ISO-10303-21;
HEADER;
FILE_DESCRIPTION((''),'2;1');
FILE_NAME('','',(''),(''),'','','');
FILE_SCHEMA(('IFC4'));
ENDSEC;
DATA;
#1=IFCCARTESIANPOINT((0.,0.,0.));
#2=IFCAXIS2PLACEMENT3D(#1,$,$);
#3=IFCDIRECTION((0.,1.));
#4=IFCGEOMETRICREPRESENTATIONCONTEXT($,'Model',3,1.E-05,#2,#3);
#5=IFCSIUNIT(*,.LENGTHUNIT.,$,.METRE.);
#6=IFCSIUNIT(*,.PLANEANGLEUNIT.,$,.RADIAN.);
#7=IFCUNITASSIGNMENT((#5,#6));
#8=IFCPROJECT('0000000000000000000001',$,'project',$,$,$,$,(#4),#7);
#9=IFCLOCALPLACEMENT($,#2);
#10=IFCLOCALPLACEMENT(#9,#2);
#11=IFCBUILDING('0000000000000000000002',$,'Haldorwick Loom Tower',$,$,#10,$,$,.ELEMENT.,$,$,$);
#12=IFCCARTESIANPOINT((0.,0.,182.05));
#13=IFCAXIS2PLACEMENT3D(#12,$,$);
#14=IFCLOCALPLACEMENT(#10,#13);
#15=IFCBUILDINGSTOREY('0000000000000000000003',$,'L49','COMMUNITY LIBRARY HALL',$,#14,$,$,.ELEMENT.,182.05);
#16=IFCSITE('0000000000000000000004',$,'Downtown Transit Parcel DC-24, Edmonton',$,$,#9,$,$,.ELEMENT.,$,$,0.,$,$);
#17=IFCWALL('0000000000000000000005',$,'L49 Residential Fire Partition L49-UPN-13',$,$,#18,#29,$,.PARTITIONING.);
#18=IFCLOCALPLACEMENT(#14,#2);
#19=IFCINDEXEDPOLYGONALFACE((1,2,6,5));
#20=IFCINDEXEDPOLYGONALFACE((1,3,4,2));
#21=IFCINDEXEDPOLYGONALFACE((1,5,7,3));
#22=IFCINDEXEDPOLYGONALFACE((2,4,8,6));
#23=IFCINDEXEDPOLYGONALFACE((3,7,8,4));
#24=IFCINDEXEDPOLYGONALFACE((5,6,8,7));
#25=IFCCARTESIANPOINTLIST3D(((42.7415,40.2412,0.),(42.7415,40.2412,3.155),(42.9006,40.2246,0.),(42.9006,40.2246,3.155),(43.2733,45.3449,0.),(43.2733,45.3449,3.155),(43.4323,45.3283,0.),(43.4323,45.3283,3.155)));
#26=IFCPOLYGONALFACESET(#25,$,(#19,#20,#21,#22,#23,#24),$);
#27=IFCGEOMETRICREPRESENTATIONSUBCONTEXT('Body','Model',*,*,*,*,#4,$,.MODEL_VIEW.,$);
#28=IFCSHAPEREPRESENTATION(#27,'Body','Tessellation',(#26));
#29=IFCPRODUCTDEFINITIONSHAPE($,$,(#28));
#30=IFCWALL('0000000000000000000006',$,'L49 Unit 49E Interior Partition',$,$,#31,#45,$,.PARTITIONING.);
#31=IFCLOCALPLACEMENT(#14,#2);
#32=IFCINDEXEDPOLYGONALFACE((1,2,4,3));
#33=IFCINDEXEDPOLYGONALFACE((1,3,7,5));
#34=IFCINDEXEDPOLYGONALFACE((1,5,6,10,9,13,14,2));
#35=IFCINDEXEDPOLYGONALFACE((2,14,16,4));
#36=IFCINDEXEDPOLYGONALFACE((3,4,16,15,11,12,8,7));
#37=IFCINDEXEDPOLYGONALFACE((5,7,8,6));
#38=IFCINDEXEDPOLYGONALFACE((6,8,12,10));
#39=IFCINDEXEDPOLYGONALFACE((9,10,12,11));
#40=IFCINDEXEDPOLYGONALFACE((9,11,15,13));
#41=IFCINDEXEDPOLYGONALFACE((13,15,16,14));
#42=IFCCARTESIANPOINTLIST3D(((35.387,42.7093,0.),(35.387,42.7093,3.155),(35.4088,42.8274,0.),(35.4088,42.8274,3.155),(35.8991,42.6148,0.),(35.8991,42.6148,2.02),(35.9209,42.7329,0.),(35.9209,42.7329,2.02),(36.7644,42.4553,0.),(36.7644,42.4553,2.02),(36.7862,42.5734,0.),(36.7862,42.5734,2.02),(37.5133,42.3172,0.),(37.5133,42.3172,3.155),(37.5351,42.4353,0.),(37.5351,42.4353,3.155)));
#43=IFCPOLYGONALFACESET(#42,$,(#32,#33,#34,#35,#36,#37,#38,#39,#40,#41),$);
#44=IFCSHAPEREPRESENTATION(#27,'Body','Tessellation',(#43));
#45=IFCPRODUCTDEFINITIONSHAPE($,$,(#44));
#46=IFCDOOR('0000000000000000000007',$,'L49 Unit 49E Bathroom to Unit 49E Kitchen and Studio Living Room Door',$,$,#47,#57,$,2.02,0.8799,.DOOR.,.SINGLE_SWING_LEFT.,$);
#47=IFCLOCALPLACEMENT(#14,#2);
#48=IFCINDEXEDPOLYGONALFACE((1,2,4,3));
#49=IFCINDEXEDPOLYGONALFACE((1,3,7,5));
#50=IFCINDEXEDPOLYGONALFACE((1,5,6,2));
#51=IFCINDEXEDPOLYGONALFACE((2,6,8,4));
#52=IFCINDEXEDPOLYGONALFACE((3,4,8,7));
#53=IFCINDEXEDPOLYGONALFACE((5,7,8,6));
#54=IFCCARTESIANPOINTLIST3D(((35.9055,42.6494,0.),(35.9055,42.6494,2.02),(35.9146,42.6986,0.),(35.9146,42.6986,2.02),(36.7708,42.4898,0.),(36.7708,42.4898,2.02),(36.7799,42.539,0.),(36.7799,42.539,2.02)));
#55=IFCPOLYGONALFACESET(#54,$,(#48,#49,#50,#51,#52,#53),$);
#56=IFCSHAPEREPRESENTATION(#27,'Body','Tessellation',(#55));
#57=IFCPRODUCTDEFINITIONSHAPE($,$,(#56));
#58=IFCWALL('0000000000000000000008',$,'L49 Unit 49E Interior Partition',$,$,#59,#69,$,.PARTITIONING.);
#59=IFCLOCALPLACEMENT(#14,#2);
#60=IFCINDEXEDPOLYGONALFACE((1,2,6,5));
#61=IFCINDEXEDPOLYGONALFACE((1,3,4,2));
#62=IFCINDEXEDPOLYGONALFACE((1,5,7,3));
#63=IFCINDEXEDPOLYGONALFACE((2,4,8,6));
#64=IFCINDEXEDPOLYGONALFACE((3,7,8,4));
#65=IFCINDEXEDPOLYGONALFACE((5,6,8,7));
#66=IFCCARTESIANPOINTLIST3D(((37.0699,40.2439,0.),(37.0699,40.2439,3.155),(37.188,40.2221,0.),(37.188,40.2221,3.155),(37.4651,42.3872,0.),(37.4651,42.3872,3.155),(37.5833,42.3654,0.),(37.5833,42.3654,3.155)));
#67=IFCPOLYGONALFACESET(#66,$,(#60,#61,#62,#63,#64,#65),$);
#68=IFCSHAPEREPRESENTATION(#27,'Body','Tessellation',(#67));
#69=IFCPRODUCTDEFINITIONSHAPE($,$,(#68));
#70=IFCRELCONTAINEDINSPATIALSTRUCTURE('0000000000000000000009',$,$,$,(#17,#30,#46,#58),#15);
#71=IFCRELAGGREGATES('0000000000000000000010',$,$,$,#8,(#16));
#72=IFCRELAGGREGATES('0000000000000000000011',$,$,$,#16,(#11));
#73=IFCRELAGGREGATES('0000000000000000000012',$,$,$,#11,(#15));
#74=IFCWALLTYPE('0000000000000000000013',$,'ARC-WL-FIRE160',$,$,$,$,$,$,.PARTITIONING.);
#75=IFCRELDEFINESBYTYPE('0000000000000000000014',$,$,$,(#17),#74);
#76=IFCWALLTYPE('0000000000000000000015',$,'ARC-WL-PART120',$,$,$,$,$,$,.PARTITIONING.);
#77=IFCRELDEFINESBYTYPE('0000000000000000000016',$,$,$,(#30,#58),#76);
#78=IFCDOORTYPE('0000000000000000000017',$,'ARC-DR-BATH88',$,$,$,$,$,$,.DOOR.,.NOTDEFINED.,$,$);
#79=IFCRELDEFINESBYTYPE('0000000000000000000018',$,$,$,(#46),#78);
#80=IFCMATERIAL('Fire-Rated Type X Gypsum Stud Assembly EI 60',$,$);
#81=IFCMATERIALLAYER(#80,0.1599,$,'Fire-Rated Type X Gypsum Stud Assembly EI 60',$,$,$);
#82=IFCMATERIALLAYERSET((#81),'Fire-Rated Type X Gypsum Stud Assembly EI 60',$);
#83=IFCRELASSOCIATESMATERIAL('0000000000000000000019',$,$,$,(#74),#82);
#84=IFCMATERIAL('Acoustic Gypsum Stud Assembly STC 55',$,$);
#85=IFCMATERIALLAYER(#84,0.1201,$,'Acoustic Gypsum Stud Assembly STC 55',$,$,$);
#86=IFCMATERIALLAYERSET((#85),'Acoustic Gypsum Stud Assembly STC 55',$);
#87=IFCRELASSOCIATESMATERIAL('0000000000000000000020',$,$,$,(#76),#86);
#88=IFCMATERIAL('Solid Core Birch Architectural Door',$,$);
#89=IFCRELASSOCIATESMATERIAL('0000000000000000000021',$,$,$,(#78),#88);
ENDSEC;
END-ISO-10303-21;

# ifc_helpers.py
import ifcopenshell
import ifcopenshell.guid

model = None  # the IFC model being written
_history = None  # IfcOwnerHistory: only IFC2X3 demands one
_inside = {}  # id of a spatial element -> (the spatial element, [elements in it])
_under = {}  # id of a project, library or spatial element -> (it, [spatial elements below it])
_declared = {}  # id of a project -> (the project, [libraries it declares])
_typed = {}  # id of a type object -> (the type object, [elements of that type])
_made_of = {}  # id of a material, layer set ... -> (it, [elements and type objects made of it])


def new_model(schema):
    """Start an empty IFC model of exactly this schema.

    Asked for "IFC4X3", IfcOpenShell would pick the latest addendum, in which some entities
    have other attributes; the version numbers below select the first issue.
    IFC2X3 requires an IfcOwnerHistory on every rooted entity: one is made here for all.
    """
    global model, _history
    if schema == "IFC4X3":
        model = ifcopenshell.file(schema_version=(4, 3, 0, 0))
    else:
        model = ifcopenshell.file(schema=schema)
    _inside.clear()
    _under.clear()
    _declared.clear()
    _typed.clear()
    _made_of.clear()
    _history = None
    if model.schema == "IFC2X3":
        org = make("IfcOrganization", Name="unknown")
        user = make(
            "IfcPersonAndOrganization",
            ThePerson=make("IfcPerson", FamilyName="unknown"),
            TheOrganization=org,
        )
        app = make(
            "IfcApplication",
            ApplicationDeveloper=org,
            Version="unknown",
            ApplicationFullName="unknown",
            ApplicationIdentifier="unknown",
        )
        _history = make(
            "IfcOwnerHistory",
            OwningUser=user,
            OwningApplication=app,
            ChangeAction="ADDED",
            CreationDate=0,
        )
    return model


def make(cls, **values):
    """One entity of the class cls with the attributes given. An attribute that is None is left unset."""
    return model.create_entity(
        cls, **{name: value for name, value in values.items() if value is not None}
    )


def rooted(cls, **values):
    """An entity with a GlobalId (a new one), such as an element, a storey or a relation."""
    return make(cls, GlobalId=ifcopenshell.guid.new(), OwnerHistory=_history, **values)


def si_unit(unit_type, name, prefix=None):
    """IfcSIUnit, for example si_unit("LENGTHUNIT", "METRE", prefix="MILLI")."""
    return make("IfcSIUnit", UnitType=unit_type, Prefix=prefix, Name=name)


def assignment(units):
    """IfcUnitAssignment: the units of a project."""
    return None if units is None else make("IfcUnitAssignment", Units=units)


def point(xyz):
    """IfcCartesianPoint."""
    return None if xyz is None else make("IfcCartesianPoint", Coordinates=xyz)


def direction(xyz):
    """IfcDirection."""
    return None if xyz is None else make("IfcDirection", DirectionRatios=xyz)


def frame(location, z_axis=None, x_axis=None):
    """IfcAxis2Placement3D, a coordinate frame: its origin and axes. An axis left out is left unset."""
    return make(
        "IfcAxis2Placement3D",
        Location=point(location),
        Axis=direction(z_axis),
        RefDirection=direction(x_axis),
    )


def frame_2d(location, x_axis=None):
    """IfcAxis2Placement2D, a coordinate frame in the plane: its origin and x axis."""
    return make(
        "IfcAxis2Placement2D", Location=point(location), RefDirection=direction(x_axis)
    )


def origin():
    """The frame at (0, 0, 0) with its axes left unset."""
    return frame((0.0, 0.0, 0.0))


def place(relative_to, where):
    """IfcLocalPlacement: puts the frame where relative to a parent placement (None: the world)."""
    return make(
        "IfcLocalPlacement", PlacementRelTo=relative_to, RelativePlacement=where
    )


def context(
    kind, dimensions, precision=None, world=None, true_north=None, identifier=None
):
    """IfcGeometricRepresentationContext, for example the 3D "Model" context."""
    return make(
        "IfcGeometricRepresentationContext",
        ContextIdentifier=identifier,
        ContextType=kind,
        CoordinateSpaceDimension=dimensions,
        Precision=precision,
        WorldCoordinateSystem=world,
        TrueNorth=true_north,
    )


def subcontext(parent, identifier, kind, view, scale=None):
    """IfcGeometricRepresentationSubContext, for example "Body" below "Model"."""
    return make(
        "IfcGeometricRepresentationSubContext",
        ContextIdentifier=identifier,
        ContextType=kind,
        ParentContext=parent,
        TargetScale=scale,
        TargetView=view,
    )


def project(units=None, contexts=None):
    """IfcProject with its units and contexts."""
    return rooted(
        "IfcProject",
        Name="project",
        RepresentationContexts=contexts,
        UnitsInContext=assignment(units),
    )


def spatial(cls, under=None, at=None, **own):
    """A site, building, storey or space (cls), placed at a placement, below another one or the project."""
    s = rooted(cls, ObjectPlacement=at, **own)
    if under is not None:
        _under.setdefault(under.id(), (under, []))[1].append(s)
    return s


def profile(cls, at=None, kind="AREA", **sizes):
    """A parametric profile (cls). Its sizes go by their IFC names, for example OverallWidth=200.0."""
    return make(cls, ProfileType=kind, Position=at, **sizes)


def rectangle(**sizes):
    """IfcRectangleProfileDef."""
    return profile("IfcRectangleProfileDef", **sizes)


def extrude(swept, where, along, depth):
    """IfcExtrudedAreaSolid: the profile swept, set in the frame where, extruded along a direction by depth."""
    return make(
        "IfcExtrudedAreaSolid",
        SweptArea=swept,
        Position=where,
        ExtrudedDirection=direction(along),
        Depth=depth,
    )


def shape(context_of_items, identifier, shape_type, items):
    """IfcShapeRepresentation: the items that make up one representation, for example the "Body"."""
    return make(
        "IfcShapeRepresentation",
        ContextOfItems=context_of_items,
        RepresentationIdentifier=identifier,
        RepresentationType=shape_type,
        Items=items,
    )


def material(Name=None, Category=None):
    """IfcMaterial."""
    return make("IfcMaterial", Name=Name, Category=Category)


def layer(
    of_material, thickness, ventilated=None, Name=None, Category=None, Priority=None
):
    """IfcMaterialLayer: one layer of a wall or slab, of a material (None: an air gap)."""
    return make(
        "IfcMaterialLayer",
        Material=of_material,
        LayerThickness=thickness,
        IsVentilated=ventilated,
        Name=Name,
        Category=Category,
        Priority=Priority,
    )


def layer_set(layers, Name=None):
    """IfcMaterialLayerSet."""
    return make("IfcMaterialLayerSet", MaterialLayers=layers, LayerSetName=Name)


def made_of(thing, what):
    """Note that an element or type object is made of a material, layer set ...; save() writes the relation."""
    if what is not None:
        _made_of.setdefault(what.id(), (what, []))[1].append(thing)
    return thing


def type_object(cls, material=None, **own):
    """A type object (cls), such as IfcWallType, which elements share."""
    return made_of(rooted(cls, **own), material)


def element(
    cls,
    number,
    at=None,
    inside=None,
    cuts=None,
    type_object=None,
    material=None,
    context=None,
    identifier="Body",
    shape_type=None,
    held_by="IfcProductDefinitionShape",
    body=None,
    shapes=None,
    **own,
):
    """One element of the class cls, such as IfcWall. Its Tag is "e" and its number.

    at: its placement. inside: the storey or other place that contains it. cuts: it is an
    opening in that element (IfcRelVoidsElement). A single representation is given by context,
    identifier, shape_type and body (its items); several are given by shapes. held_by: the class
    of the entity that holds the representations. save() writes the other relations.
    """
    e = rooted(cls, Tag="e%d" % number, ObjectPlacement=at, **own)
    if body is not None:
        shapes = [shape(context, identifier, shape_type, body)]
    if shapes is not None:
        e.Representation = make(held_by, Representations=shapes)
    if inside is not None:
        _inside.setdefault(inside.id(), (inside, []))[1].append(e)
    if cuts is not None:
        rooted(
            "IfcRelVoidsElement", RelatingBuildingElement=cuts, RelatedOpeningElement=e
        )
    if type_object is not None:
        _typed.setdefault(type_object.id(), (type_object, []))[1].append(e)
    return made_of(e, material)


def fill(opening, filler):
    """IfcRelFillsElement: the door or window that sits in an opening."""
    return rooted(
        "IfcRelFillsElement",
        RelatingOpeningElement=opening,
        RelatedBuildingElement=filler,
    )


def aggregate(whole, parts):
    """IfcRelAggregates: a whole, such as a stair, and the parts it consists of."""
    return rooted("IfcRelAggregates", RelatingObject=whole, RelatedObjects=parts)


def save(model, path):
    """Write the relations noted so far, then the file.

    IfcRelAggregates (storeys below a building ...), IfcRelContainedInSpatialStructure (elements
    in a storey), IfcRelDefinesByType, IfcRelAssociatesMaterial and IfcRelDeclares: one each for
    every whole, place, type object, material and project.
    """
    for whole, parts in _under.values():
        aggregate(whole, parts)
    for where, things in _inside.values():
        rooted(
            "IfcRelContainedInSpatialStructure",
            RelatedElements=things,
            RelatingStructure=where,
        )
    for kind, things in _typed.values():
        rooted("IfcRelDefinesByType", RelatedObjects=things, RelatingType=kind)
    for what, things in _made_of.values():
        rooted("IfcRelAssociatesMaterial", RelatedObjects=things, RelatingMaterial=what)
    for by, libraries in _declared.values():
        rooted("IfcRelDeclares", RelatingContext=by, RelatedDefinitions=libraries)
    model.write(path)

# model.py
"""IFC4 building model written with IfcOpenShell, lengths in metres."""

from ifc_helpers import new_model, si_unit, direction, frame, frame_2d, origin, place, context, subcontext, project, spatial, rectangle, extrude, material, layer, layer_set, type_object, element, fill, save


model = new_model("IFC4")

# Units and contexts
model_context = context("Model", 3, precision=1e-05, world=origin(), true_north=direction((0.0, 1.0)))
body_context = subcontext(model_context, "Body", "Model", "MODEL_VIEW")
ifc_project = project(units=[si_unit("LENGTHUNIT", "METRE"), si_unit("PLANEANGLEUNIT", "RADIAN")], contexts=[model_context])

# Site, building, storey
site_placement = place(None, origin())
site = spatial("IfcSite", under=ifc_project, at=site_placement, Name="Downtown Transit Parcel DC-24, Edmonton", CompositionType="ELEMENT", RefElevation=0.0)
building_placement = place(site_placement, origin())
building = spatial("IfcBuilding", under=site, at=building_placement, Name="Haldorwick Loom Tower", CompositionType="ELEMENT")
storey_placement = place(building_placement, frame((0.0, 0.0, 182.05)))
storey = spatial("IfcBuildingStorey", under=building, at=storey_placement, Name="L49", Description="COMMUNITY LIBRARY HALL", CompositionType="ELEMENT", Elevation=182.05)

# Wall
ifc_material_1 = material(Name="Fire-Rated Type X Gypsum Stud Assembly EI 60")
ifc_layer_1 = layer(ifc_material_1, 0.1599, Name="Fire-Rated Type X Gypsum Stud Assembly EI 60")
ifc_layer_set_1 = layer_set([ifc_layer_1], Name="Fire-Rated Type X Gypsum Stud Assembly EI 60")
wall_type_1 = type_object("IfcWallType", Name="ARC-WL-FIRE160", PredefinedType="PARTITIONING", material=ifc_layer_set_1)
wall_1_placement = place(storey_placement, frame((42.821, 40.2329, 0.0), z_axis=(0.0, 0.0, 1.0), x_axis=(0.103625, 0.994616, 0.0)))
element("IfcWall", 1, at=wall_1_placement, inside=storey, type_object=wall_type_1, Name="L49 Residential Fire Partition L49-UPN-13", PredefinedType="PARTITIONING", context=body_context, shape_type="SweptSolid", body=[
    extrude(rectangle(XDim=5.1313, YDim=0.1599, at=frame_2d((2.5657, 0.0))), origin(), (0.0, 0.0, 1.0), 3.155),
])

# Wall, opening, door
ifc_material_2 = material(Name="Acoustic Gypsum Stud Assembly STC 55")
ifc_layer_2 = layer(ifc_material_2, 0.1201, Name="Acoustic Gypsum Stud Assembly STC 55")
ifc_layer_set_2 = layer_set([ifc_layer_2], Name="Acoustic Gypsum Stud Assembly STC 55")
wall_type_2 = type_object("IfcWallType", Name="ARC-WL-PART120", PredefinedType="PARTITIONING", material=ifc_layer_set_2)
wall_2_placement = place(storey_placement, frame((37.5242, 42.3762, 0.0), z_axis=(0.0, 0.0, 1.0), x_axis=(-0.983419, 0.181349, 0.0)))
wall_2 = element("IfcWall", 2, at=wall_2_placement, inside=storey, type_object=wall_type_2, Name="L49 Unit 49E Interior Partition", PredefinedType="PARTITIONING", context=body_context, shape_type="SweptSolid", body=[
    extrude(rectangle(XDim=2.1621, YDim=0.1201, at=frame_2d((1.0811, 0.0))), origin(), (0.0, 0.0, 1.0), 3.155),
])
opening_1_placement = place(wall_2_placement, frame((0.7615, 0.0, 0.0)))
opening_1 = element("IfcOpeningElement", 3, at=opening_1_placement, cuts=wall_2, PredefinedType="OPENING", context=body_context, shape_type="SweptSolid", body=[
    extrude(rectangle(XDim=0.8799, YDim=2.02, at=frame_2d((0.4399, 1.01))), frame((0.0, 0.0701, 0.0), z_axis=(0.0, -1.0, 0.0), x_axis=(1.0, 0.0, 0.0)), (0.0, 0.0, 1.0), 0.1401),
])
ifc_material_3 = material(Name="Solid Core Birch Architectural Door")
door_type = type_object("IfcDoorType", Name="ARC-DR-BATH88", OperationType="NOTDEFINED", PredefinedType="DOOR", material=ifc_material_3)
door_placement = place(opening_1_placement, origin())
door = element("IfcDoor", 4, at=door_placement, inside=storey, type_object=door_type, Name="L49 Unit 49E Bathroom to Unit 49E Kitchen and Studio Living Room Door", OperationType="SINGLE_SWING_LEFT", OverallHeight=2.02, OverallWidth=0.8799, PredefinedType="DOOR", context=body_context, shape_type="SweptSolid", body=[
    extrude(rectangle(XDim=0.8799, YDim=2.02, at=frame_2d((0.4399, 1.01))), frame((0.0, 0.0249, 0.0), z_axis=(0.0, -1.0, 0.0), x_axis=(1.0, 0.0, 0.0)), (0.0, 0.0, 1.0), 0.05),
])
fill(opening_1, door)

# Wall
wall_3_placement = place(storey_placement, frame((37.1289, 40.2329, 0.0), z_axis=(0.0, 0.0, 1.0), x_axis=(0.181359, 0.983417, 0.0)))
element("IfcWall", 5, at=wall_3_placement, inside=storey, type_object=wall_type_2, Name="L49 Unit 49E Interior Partition", PredefinedType="PARTITIONING", context=body_context, shape_type="SweptSolid", body=[
    extrude(rectangle(XDim=2.1794, YDim=0.1201, at=frame_2d((1.0898, 0.0))), origin(), (0.0, 0.0, 1.0), 3.155),
])

save(model, "model.ifc")
